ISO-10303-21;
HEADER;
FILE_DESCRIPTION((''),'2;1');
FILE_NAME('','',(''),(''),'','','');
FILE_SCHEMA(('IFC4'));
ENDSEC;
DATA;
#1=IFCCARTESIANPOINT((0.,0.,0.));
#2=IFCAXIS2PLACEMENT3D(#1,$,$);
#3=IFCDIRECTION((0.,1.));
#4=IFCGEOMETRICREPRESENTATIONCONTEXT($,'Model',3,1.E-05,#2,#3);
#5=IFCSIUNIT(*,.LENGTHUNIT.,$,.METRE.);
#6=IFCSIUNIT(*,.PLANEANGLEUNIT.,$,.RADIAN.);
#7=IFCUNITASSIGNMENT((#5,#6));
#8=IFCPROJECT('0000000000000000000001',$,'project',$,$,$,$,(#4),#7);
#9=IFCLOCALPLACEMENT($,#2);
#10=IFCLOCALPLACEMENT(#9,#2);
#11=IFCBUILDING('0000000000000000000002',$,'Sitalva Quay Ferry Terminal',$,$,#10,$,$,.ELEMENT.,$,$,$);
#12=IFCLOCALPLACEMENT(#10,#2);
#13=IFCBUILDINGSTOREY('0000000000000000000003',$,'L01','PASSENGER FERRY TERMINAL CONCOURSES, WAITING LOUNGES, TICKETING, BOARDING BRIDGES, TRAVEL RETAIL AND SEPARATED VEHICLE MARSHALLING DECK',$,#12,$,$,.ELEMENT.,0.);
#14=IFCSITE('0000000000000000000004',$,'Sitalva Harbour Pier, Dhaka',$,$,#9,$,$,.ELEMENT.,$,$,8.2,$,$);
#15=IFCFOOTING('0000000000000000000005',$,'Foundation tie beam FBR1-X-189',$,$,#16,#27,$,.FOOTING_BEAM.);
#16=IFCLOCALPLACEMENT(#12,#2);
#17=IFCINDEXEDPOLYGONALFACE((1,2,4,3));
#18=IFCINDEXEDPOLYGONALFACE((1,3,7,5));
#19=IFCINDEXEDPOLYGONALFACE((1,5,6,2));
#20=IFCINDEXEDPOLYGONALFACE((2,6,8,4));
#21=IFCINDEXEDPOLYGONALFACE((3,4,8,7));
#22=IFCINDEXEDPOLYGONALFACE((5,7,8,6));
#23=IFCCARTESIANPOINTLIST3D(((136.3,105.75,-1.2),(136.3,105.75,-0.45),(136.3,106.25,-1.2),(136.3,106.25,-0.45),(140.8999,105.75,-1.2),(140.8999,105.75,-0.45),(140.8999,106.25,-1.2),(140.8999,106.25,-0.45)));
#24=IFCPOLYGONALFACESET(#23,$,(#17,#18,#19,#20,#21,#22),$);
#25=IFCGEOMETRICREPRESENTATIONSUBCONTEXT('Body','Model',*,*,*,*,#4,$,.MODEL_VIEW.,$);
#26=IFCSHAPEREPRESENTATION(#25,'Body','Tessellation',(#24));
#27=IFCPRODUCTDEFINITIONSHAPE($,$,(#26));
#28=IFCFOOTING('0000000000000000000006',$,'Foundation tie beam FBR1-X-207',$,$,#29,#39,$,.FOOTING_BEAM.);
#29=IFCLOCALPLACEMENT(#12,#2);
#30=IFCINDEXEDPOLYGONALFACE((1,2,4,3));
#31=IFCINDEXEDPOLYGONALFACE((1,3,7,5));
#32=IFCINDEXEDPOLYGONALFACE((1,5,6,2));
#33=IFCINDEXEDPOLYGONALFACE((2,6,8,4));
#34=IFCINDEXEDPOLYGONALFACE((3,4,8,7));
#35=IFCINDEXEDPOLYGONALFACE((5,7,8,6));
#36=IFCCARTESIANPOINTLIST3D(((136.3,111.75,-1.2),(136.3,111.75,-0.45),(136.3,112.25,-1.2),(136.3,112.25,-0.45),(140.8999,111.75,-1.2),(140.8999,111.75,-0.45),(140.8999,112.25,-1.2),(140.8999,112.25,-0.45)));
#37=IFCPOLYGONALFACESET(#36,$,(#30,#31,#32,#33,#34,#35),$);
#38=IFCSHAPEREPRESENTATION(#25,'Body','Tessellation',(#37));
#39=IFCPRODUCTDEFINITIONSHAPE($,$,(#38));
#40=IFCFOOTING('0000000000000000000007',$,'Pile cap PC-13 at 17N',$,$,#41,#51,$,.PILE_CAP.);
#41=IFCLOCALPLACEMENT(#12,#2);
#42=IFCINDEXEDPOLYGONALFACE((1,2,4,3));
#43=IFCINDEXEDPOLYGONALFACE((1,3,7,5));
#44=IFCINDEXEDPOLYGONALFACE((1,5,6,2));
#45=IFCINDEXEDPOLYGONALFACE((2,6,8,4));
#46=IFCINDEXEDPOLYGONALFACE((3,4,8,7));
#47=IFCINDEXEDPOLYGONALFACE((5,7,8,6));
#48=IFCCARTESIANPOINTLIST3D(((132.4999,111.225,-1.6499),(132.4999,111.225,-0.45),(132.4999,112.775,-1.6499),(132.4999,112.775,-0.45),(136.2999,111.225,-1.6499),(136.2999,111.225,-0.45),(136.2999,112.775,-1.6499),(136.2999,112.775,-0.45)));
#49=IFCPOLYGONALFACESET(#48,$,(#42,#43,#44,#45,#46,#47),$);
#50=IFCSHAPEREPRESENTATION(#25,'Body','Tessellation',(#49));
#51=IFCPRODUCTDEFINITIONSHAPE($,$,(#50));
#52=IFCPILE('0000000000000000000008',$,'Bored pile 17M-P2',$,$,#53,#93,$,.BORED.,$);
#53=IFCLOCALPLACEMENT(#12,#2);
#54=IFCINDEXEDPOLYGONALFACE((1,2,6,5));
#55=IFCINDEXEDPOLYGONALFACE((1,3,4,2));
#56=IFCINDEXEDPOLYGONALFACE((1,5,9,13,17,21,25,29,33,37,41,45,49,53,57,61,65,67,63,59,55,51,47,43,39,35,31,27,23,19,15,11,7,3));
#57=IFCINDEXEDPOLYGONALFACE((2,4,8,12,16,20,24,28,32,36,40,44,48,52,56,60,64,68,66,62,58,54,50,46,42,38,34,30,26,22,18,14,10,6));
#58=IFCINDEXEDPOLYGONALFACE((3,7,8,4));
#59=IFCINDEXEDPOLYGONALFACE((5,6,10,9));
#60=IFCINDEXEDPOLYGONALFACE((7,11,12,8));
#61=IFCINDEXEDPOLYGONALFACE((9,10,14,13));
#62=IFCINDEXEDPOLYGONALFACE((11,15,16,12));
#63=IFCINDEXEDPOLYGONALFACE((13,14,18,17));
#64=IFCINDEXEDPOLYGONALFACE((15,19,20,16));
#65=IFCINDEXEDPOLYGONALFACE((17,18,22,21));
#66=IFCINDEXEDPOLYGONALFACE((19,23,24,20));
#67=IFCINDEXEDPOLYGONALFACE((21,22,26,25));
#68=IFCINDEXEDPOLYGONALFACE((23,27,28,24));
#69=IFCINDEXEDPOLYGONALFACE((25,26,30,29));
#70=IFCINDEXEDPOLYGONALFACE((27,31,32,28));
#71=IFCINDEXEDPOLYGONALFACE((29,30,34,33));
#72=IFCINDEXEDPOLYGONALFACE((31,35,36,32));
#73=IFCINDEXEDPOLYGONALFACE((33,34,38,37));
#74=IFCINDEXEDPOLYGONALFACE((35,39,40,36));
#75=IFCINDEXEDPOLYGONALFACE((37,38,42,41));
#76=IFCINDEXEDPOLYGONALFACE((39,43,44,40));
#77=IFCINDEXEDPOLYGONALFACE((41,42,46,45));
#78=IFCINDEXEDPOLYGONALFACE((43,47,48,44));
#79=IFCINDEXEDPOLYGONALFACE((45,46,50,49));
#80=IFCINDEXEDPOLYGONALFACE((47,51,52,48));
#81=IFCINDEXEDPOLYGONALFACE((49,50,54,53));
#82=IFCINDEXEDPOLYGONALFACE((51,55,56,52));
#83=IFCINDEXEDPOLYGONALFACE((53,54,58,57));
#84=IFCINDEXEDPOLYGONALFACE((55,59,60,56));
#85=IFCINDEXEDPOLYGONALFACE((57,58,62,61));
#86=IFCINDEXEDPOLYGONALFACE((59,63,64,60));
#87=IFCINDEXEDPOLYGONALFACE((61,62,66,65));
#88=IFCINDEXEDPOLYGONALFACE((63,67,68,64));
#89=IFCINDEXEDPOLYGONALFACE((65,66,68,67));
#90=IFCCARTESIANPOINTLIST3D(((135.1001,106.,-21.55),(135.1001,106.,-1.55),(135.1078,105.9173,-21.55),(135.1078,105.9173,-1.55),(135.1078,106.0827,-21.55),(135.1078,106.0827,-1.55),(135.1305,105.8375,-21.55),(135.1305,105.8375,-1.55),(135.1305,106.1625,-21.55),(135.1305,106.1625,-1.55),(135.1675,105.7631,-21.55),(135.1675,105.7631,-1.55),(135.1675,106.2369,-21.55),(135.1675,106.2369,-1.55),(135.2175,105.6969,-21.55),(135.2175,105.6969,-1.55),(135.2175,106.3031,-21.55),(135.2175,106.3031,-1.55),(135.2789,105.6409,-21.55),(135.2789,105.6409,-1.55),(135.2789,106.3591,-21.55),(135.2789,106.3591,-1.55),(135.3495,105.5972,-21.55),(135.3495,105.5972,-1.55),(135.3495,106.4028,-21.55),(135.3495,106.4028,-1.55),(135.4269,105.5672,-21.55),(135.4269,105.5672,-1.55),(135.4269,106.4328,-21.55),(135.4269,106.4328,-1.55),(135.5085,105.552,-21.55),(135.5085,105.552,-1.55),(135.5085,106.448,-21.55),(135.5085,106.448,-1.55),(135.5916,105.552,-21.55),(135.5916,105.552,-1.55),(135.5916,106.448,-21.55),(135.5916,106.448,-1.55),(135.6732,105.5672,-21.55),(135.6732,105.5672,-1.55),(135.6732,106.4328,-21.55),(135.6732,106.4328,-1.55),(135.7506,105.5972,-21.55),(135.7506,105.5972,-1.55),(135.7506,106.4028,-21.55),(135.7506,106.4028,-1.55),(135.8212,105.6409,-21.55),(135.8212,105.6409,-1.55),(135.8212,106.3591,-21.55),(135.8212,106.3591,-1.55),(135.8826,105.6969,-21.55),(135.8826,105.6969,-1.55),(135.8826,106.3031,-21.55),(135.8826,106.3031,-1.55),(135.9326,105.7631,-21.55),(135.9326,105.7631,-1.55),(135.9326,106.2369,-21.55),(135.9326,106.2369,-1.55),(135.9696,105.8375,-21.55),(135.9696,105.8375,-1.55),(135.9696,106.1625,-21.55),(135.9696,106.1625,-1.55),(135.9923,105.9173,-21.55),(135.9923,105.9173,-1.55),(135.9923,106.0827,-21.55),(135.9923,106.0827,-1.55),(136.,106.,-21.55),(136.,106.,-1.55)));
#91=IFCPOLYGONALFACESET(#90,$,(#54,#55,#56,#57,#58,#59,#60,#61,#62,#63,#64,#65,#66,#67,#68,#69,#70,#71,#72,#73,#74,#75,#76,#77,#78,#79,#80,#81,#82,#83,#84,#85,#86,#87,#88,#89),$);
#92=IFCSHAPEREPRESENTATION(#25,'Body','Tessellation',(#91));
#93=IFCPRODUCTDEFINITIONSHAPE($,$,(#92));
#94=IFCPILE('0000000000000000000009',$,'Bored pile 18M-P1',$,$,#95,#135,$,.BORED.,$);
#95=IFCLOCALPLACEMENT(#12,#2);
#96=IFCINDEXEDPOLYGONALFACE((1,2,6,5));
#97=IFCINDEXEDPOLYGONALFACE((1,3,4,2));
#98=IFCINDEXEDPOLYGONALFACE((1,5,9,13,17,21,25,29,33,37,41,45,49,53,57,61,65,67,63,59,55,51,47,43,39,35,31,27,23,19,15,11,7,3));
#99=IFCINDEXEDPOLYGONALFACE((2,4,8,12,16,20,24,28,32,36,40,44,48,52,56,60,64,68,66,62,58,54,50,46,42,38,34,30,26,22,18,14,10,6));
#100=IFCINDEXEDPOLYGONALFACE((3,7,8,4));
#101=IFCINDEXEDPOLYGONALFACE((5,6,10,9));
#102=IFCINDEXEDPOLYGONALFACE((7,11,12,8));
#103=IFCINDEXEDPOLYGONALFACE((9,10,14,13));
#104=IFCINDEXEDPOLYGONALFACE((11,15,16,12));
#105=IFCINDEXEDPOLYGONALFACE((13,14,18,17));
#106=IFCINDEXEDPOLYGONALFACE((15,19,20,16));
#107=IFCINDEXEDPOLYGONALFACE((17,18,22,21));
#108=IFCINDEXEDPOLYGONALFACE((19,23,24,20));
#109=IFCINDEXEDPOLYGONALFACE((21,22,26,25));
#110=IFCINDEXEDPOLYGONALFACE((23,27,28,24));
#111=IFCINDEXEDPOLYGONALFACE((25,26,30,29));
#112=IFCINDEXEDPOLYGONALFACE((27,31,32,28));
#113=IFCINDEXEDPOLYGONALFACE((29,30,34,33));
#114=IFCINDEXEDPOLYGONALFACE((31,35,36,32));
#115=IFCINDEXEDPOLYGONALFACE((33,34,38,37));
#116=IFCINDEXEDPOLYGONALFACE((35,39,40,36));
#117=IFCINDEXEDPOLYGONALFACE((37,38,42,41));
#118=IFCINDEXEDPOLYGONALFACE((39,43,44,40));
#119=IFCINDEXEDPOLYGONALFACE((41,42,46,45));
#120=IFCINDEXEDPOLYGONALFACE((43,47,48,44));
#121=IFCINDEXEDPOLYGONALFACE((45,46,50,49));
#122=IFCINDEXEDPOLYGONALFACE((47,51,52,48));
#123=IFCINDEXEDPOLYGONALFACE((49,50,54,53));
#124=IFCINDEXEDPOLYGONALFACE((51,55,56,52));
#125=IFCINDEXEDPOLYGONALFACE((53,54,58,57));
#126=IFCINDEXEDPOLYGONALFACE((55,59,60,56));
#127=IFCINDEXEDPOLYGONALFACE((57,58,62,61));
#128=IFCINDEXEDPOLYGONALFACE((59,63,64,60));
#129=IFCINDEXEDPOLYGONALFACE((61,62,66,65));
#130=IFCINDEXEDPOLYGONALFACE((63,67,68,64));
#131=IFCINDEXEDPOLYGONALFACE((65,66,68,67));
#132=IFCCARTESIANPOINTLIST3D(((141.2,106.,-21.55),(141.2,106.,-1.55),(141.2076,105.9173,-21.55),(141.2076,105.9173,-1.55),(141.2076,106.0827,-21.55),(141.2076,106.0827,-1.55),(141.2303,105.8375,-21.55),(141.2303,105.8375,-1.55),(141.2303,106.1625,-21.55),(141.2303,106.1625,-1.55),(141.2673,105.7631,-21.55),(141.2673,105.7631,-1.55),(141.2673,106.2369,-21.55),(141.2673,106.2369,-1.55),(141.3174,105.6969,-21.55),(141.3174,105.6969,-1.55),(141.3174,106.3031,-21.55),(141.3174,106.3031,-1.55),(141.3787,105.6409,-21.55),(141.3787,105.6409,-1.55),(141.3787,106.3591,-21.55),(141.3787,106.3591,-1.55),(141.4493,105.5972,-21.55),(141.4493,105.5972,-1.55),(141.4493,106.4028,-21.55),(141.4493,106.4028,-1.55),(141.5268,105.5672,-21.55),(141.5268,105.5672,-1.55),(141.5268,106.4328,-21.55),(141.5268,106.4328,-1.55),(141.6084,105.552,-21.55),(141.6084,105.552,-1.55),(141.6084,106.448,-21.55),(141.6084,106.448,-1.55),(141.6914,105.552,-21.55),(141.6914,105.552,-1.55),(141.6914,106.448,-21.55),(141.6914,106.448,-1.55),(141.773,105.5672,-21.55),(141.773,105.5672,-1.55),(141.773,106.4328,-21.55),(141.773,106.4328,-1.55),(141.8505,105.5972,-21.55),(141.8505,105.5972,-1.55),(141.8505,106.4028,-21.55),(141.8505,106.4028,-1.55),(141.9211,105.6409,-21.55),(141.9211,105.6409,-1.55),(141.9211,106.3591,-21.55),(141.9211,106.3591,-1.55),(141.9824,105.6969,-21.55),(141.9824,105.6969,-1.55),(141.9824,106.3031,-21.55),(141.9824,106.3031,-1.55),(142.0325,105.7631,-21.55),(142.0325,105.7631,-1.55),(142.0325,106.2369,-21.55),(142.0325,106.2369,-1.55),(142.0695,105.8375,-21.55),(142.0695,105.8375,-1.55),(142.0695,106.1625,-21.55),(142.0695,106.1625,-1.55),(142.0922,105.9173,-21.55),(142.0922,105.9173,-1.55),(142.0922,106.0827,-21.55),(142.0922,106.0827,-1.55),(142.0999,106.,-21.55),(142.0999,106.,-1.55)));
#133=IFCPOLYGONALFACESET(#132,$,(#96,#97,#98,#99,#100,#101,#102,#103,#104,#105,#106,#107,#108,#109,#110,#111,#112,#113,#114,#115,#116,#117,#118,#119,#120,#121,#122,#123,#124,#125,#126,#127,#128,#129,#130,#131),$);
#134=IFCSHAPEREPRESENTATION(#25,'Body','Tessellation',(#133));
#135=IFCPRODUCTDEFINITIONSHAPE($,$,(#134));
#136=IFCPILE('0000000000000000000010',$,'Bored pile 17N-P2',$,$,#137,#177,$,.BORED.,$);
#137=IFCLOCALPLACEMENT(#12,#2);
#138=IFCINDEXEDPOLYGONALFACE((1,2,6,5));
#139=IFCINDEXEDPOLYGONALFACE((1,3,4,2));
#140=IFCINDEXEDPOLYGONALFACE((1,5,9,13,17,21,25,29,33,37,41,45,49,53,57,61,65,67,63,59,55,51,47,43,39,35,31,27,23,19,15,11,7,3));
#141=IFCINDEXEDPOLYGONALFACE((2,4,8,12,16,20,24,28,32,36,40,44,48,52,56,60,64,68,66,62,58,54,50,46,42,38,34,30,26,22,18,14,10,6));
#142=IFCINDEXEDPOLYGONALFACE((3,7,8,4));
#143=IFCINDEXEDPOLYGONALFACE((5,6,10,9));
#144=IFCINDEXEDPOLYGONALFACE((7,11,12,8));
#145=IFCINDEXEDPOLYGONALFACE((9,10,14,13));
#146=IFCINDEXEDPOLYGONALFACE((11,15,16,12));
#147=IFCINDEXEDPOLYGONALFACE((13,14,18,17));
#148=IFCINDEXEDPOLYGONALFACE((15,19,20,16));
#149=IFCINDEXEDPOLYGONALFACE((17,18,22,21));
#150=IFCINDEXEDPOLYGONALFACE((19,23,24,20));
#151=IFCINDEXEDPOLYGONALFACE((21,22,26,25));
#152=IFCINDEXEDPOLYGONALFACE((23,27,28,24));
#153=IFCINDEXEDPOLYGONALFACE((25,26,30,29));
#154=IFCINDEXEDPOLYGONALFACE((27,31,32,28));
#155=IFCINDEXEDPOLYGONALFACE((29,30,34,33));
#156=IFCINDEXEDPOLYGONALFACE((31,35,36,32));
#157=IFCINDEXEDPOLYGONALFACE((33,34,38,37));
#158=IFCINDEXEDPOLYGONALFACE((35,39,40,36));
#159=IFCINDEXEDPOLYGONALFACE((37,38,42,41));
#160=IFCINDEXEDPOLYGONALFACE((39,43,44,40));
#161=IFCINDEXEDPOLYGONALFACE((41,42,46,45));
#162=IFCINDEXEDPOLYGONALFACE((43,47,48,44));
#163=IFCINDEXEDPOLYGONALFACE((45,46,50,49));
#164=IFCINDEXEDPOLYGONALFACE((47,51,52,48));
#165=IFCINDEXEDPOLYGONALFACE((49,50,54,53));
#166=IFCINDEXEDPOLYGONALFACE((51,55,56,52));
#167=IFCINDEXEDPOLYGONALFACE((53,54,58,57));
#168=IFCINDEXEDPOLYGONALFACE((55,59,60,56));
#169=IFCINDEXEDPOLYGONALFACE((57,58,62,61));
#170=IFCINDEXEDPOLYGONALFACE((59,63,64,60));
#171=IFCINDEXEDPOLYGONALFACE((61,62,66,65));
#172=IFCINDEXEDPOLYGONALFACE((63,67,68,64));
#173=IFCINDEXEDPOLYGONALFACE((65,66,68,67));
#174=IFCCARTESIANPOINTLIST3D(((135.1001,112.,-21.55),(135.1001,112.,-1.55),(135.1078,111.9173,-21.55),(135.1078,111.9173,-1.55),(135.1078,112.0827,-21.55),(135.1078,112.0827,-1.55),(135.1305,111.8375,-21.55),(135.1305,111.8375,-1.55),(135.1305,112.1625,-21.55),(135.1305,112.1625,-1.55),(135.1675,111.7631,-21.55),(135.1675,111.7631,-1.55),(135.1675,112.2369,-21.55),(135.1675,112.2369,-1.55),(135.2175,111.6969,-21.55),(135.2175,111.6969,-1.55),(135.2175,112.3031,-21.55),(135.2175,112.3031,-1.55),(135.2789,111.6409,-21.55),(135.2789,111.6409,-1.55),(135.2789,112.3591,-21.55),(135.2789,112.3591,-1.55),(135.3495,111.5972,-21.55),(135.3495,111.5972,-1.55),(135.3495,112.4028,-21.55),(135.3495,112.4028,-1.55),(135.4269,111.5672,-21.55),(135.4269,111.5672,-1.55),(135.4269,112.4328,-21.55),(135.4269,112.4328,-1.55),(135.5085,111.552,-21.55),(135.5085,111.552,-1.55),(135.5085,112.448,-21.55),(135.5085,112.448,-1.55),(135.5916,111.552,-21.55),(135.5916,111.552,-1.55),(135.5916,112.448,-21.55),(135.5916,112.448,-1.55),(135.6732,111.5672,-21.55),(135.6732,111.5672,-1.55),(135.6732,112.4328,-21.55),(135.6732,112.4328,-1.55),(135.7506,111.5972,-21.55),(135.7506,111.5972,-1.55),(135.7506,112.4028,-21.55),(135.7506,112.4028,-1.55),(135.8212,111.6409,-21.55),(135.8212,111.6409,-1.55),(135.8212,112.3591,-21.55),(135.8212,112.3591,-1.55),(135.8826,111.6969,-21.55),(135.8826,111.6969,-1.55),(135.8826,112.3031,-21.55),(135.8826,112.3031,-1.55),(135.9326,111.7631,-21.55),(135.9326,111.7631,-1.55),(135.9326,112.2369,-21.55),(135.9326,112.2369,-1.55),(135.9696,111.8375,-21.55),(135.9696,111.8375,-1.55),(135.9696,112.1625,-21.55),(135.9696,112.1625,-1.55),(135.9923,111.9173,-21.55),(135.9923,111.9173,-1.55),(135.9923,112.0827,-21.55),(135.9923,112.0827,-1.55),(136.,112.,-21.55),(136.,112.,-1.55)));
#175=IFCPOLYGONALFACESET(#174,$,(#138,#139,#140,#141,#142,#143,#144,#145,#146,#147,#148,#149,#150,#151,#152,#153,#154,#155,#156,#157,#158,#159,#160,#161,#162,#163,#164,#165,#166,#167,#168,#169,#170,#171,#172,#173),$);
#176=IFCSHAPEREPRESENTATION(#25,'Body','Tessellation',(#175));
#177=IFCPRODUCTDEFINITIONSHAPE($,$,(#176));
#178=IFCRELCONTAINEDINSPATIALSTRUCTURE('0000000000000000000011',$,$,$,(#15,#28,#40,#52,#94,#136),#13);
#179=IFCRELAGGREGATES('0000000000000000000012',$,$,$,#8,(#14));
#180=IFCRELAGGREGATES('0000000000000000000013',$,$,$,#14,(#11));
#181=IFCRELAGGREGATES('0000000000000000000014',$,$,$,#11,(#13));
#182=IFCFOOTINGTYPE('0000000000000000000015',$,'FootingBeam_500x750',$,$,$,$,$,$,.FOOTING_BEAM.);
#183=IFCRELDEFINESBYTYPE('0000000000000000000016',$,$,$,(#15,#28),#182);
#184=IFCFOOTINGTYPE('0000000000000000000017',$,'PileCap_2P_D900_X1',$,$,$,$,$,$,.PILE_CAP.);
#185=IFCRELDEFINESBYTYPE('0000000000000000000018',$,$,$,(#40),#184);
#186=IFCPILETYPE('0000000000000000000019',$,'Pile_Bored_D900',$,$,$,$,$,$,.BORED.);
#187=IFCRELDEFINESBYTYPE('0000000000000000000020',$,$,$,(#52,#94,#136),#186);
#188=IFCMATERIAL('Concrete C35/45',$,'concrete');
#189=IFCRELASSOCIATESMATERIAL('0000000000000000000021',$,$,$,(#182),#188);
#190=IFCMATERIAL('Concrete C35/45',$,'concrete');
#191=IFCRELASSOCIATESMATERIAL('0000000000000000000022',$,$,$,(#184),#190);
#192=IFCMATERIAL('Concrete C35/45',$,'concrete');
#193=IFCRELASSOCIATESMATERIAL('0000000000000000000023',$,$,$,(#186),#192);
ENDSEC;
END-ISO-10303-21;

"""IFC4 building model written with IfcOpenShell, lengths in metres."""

from ifc_helpers import new_model, si_unit, direction, frame, origin, origin_2d, place, context, subcontext, project, spatial, rectangle, circle, extrude, material, material_profile, profile_set, type_object, element, save


model = new_model("IFC4")

# Units and contexts
model_context = context("Model", 3, precision=1e-05, world=origin(), true_north=direction((0.0, 1.0)))
body_context = subcontext(model_context, "Body", "Model", "MODEL_VIEW")
ifc_project = project(units=[si_unit("LENGTHUNIT", "METRE"), si_unit("PLANEANGLEUNIT", "RADIAN")], contexts=[model_context])

# Site, building, storey
site_placement = place(None, origin())
site = spatial("IfcSite", under=ifc_project, at=site_placement, Name="Sitalva Harbour Pier, Dhaka", CompositionType="ELEMENT", RefElevation=8.2)
building_placement = place(site_placement, origin())
building = spatial("IfcBuilding", under=site, at=building_placement, Name="Sitalva Quay Ferry Terminal", CompositionType="ELEMENT")
storey_placement = place(building_placement, origin())
storey = spatial("IfcBuildingStorey", under=building, at=storey_placement, Name="L01", Description="PASSENGER FERRY TERMINAL CONCOURSES, WAITING LOUNGES, TICKETING, BOARDING BRIDGES, TRAVEL RETAIL AND SEPARATED VEHICLE MARSHALLING DECK", CompositionType="ELEMENT", Elevation=0.0)

# Footings
ifc_material_1 = material(Name="Concrete C35/45", Category="concrete")
ifc_material_profile_1 = material_profile(ifc_material_1, rectangle(XDim=0.5, YDim=0.75, at=origin_2d()), Name="RC500x750")
ifc_profile_set_1 = profile_set([ifc_material_profile_1], Name="Concrete C35/45")
footing_type_1 = type_object("IfcFootingType", Name="FootingBeam_500x750", PredefinedType="FOOTING_BEAM", material=ifc_profile_set_1)
for number, where, z_axis, x_axis, name in (
    (1, (136.3, 106.0, -0.825), (1.0, 0.0, 0.0), (0.0, 1.0, 0.0), "Foundation tie beam FBR1-X-189"),
    (2, (136.3, 112.0, -0.825), (1.0, 0.0, 0.0), (0.0, 1.0, 0.0), "Foundation tie beam FBR1-X-207"),
):
    element("IfcFooting", number, at=place(storey_placement, frame(where, z_axis=z_axis, x_axis=x_axis)), inside=storey, type_object=footing_type_1, Name=name, PredefinedType="FOOTING_BEAM", context=body_context, shape_type="SweptSolid", body=[
        extrude(rectangle(XDim=0.5, YDim=0.75, at=origin_2d()), origin(), (0.0, 0.0, 1.0), 4.5999),
    ])
ifc_material_2 = material(Name="Concrete C35/45", Category="concrete")
footing_type_2 = type_object("IfcFootingType", Name="PileCap_2P_D900_X1", PredefinedType="PILE_CAP", material=ifc_material_2)
footing_placement = place(storey_placement, frame((134.3999, 112.0, -1.6499), z_axis=(0.0, 0.0, 1.0), x_axis=(1.0, 0.0, 0.0)))
element("IfcFooting", 3, at=footing_placement, inside=storey, type_object=footing_type_2, Name="Pile cap PC-13 at 17N", PredefinedType="PILE_CAP", context=body_context, shape_type="SweptSolid", body=[
    extrude(rectangle(XDim=3.8, YDim=1.55, at=origin_2d()), origin(), (0.0, 0.0, 1.0), 1.2),
])

# Piles
ifc_material_3 = material(Name="Concrete C35/45", Category="concrete")
ifc_material_profile_2 = material_profile(ifc_material_3, circle(Radius=0.45, at=origin_2d()), Name="PILE-D900")
ifc_profile_set_2 = profile_set([ifc_material_profile_2], Name="Concrete C35/45")
pile_type = type_object("IfcPileType", Name="Pile_Bored_D900", PredefinedType="BORED", material=ifc_profile_set_2)
for number, where, z_axis, x_axis, name in (
    (4, (135.55, 106.0, -1.55), (0.0, 0.0, -1.0), (1.0, 0.0, 0.0), "Bored pile 17M-P2"),
    (5, (141.6499, 106.0, -1.55), (0.0, 0.0, -1.0), (1.0, 0.0, 0.0), "Bored pile 18M-P1"),
    (6, (135.55, 112.0, -1.55), (0.0, 0.0, -1.0), (1.0, 0.0, 0.0), "Bored pile 17N-P2"),
):
    element("IfcPile", number, at=place(storey_placement, frame(where, z_axis=z_axis, x_axis=x_axis)), inside=storey, type_object=pile_type, Name=name, PredefinedType="BORED", context=body_context, shape_type="SweptSolid", body=[
        extrude(circle(Radius=0.45, at=origin_2d()), origin(), (0.0, 0.0, 1.0), 20.0),
    ])

save(model, "model.ifc")
